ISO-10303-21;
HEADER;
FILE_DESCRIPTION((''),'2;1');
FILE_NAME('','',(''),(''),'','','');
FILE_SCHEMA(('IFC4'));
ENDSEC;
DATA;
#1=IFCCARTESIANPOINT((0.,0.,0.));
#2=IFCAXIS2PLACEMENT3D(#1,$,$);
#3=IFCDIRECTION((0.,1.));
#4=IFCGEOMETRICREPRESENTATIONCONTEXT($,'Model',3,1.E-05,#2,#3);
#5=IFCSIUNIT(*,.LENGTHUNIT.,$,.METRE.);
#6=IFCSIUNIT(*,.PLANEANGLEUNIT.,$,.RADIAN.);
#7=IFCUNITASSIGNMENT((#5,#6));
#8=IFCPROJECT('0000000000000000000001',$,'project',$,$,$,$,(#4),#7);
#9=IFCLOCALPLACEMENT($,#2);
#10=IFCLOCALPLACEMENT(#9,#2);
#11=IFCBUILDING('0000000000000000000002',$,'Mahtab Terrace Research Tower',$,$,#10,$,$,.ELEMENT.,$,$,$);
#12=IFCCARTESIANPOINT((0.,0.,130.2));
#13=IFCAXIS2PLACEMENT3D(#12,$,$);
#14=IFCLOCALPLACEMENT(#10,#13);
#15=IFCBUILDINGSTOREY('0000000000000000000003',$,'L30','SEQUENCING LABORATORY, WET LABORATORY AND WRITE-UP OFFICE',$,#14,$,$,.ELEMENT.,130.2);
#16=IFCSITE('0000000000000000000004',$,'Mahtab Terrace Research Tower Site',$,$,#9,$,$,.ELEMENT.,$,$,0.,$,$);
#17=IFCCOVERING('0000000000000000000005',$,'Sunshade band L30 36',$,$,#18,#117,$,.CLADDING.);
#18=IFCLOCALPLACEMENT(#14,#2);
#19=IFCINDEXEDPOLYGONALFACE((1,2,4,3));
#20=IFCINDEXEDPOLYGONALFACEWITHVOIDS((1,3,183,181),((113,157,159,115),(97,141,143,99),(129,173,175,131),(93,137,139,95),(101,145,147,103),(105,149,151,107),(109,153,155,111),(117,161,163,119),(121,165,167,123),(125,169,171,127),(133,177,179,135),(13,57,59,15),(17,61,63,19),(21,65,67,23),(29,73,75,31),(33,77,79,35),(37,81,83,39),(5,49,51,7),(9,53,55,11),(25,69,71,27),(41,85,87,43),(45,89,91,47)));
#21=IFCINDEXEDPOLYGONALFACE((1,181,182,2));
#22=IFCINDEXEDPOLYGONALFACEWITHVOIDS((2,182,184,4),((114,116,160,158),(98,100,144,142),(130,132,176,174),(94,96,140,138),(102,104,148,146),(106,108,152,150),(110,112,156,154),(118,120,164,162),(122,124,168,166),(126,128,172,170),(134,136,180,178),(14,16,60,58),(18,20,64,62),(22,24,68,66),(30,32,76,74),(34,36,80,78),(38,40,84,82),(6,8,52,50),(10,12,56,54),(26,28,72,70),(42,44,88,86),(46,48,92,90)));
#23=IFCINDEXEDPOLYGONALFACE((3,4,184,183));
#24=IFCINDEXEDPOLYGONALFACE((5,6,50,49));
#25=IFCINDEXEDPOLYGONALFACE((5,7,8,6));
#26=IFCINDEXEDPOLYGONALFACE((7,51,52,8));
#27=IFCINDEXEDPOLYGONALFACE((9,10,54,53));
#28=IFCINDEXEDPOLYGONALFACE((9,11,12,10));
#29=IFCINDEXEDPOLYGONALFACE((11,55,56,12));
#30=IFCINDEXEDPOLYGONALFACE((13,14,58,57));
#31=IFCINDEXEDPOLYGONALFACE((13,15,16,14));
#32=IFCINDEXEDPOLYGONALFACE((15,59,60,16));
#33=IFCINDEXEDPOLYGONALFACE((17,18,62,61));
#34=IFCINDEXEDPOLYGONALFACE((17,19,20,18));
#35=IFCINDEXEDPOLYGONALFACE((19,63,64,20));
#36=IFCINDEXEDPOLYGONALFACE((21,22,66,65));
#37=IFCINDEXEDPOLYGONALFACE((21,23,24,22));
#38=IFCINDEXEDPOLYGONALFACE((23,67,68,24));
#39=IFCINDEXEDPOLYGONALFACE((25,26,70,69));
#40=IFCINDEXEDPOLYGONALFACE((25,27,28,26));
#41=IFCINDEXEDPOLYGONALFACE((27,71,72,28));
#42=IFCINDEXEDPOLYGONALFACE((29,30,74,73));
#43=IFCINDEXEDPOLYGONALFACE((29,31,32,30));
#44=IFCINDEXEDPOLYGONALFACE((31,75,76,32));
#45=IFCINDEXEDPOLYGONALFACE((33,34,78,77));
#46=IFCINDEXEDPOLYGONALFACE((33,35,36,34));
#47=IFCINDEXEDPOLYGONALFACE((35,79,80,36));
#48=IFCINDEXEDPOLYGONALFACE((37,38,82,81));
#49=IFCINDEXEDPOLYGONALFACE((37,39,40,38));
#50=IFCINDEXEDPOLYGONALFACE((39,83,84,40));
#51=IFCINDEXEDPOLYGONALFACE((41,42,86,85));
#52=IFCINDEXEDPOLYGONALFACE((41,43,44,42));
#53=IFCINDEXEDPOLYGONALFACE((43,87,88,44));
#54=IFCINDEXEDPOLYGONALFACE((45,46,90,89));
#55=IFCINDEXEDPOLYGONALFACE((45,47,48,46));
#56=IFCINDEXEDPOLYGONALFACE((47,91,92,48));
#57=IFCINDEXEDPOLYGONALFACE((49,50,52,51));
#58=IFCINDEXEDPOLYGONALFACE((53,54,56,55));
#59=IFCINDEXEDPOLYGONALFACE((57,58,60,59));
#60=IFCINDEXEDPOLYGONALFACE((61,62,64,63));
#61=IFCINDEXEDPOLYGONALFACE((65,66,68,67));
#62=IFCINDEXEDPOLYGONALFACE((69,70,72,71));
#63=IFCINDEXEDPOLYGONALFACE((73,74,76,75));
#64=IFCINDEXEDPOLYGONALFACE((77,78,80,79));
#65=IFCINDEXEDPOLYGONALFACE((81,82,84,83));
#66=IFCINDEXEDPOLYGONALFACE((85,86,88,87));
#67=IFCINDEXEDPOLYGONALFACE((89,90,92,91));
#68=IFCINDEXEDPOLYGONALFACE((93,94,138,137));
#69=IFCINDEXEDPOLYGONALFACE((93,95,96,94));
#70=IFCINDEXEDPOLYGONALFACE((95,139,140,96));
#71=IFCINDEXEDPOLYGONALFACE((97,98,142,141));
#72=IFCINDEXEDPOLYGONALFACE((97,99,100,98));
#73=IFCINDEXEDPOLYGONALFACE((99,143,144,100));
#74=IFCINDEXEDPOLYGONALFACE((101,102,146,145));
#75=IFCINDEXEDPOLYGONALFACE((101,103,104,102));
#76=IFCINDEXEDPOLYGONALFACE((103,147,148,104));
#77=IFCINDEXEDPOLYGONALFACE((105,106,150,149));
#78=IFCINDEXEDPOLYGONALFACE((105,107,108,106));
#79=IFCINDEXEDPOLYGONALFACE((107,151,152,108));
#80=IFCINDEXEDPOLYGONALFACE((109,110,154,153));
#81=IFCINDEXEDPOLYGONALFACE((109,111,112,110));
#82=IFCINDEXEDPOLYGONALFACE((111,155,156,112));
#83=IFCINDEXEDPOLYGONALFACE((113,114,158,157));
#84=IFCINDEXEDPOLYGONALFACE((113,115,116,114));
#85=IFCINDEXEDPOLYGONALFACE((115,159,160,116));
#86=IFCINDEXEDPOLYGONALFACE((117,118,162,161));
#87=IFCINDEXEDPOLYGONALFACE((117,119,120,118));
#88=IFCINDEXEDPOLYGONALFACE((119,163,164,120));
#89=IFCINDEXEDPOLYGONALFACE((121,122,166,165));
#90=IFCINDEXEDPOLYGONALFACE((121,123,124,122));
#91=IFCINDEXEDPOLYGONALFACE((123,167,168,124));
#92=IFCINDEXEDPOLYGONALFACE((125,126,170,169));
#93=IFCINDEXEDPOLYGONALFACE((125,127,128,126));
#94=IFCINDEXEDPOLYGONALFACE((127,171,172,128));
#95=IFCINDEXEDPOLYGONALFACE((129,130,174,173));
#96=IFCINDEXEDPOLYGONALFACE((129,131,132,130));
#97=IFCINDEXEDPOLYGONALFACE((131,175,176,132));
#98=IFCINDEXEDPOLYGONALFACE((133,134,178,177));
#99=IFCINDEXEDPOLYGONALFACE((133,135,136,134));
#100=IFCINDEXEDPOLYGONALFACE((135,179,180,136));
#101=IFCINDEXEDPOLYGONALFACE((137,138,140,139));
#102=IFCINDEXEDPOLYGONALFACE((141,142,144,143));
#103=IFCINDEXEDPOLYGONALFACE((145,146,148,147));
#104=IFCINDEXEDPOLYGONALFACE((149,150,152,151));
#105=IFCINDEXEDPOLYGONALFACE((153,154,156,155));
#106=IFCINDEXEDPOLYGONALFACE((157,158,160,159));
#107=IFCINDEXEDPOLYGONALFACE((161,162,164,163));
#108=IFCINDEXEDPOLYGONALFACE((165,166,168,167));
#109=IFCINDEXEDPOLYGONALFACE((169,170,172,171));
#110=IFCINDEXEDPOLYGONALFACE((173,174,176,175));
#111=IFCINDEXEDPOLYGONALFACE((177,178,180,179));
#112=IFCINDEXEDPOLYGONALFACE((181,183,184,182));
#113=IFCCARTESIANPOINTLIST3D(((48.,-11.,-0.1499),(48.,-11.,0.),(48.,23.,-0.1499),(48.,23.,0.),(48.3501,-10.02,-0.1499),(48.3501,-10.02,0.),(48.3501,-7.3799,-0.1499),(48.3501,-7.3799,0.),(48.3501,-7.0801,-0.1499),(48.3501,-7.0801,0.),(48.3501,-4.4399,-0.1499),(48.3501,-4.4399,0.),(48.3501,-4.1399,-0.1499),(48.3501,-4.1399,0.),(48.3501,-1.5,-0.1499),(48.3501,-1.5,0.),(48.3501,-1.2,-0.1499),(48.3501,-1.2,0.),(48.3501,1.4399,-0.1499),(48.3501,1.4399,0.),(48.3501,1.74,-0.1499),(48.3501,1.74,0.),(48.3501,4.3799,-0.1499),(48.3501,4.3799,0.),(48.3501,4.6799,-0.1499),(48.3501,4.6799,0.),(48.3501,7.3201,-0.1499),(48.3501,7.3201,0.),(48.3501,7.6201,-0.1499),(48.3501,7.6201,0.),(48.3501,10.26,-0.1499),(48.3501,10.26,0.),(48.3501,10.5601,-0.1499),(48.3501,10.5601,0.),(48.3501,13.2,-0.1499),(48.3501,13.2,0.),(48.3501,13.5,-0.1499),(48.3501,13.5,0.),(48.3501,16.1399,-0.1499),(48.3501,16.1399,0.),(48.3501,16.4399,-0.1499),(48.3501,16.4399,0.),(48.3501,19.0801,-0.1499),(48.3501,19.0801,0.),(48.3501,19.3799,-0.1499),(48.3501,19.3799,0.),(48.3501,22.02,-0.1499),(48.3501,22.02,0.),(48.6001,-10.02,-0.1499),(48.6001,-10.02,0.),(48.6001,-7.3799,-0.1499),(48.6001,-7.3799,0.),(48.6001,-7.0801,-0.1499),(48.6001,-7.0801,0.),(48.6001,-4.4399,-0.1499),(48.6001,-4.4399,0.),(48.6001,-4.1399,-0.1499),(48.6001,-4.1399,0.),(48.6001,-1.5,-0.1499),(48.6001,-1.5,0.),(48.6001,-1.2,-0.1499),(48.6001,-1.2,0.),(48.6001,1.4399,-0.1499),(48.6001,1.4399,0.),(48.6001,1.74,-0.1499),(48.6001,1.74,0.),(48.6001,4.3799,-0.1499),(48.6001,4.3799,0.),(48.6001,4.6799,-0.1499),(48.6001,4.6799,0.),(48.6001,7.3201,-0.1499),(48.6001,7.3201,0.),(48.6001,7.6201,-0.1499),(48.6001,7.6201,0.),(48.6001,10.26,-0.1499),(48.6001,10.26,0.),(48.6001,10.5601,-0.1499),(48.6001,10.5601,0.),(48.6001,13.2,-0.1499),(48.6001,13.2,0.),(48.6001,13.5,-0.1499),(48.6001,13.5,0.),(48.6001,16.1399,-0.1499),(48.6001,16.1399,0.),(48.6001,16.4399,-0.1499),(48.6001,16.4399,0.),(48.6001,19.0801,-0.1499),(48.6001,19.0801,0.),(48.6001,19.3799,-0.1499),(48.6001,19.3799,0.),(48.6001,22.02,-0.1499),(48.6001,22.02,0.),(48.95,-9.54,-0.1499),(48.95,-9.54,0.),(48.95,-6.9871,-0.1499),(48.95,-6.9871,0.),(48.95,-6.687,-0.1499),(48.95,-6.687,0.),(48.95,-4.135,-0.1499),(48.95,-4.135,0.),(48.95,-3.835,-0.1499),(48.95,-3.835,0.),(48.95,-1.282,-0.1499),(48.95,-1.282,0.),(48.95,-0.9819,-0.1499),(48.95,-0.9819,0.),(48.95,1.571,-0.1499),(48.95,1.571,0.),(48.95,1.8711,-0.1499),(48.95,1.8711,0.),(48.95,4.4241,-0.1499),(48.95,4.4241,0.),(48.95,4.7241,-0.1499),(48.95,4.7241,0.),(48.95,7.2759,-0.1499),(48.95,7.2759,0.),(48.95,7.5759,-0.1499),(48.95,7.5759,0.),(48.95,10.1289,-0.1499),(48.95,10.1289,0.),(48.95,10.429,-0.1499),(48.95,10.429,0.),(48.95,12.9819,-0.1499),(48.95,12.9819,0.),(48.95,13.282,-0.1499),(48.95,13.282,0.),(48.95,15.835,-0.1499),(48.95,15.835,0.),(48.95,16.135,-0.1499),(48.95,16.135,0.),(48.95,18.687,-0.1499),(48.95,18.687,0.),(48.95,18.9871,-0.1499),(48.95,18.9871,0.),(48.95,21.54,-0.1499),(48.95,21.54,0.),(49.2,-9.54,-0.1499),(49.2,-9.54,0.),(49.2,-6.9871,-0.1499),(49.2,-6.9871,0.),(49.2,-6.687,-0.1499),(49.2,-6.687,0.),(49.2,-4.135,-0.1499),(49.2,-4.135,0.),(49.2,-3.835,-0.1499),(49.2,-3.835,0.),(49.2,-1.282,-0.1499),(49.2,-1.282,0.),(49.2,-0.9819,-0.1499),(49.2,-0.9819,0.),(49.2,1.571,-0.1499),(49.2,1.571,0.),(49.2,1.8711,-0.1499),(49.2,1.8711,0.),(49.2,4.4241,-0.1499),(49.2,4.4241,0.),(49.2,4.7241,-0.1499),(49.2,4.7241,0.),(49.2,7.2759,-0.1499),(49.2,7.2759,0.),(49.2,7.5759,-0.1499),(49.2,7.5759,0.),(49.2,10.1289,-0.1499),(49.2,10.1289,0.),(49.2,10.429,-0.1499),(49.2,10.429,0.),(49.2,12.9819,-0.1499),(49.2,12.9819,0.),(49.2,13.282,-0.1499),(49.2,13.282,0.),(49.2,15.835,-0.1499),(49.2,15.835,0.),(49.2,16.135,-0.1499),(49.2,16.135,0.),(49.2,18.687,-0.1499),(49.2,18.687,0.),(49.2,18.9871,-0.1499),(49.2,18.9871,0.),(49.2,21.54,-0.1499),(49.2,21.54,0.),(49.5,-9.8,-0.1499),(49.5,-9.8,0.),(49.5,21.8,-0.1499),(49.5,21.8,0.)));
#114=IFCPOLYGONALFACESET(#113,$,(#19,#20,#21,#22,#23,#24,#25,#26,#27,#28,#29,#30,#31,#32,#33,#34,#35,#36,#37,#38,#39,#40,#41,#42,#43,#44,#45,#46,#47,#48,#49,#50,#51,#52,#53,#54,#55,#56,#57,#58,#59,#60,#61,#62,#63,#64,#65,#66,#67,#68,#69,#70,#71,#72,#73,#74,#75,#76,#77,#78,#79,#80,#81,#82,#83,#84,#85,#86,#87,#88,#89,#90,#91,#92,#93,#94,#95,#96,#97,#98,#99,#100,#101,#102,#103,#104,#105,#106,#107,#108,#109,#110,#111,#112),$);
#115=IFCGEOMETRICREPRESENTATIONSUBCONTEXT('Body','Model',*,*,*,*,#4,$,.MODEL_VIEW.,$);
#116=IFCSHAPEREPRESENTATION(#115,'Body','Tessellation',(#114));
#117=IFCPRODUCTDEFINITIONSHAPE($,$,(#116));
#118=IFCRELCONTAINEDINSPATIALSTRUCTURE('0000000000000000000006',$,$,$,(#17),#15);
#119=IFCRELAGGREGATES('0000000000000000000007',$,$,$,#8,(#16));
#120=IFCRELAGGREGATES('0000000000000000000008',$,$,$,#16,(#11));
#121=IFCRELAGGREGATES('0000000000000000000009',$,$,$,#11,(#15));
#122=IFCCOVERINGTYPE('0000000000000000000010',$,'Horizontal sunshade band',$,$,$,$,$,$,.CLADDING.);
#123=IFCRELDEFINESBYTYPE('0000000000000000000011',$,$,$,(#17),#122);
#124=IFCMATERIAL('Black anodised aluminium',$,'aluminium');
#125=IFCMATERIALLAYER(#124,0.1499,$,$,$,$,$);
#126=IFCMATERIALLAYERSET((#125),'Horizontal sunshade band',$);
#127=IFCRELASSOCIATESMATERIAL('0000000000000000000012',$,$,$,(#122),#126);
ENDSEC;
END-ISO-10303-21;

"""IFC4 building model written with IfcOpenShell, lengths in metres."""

from ifc_helpers import new_model, si_unit, direction, frame, origin, place, context, subcontext, project, spatial, polyline, outline, extrude, material, layer, layer_set, type_object, element, save


model = new_model("IFC4")

# Units and contexts
model_context = context("Model", 3, precision=1e-05, world=origin(), true_north=direction((0.0, 1.0)))
body_context = subcontext(model_context, "Body", "Model", "MODEL_VIEW")
ifc_project = project(units=[si_unit("LENGTHUNIT", "METRE"), si_unit("PLANEANGLEUNIT", "RADIAN")], contexts=[model_context])

# Site, building, storey
site_placement = place(None, origin())
site = spatial("IfcSite", under=ifc_project, at=site_placement, Name="Mahtab Terrace Research Tower Site", CompositionType="ELEMENT", RefElevation=0.0)
building_placement = place(site_placement, origin())
building = spatial("IfcBuilding", under=site, at=building_placement, Name="Mahtab Terrace Research Tower", CompositionType="ELEMENT")
storey_placement = place(building_placement, frame((0.0, 0.0, 130.2)))
storey = spatial("IfcBuildingStorey", under=building, at=storey_placement, Name="L30", Description="SEQUENCING LABORATORY, WET LABORATORY AND WRITE-UP OFFICE", CompositionType="ELEMENT", Elevation=130.2)

# Covering
ifc_material_1 = material(Name="Black anodised aluminium", Category="aluminium")
ifc_layer_1 = layer(ifc_material_1, 0.1499)
ifc_layer_set_1 = layer_set([ifc_layer_1], Name="Horizontal sunshade band")
covering_type = type_object("IfcCoveringType", Name="Horizontal sunshade band", PredefinedType="CLADDING", material=ifc_layer_set_1)
covering_1_placement = place(storey_placement, frame((0.0, 0.0, -0.1499)))
element("IfcCovering", 1, at=covering_1_placement, inside=storey, type_object=covering_type, Name="Sunshade band L30 36", PredefinedType="CLADDING", context=body_context, shape_type="SweptSolid", body=[
    extrude(outline(polyline([(48.0, -11.0), (48.0, 23.0), (49.5, 21.8), (49.5, -9.8), (48.0, -11.0)]), holes=[polyline([(48.3501, -10.02), (48.3501, -7.3799), (48.6001, -7.3799), (48.6001, -10.02), (48.3501, -10.02)]), polyline([(48.3501, -7.0801), (48.3501, -4.4399), (48.6001, -4.4399), (48.6001, -7.0801), (48.3501, -7.0801)]), polyline([(48.3501, -4.1399), (48.3501, -1.5), (48.6001, -1.5), (48.6001, -4.1399), (48.3501, -4.1399)]), polyline([(48.3501, -1.2), (48.3501, 1.4399), (48.6001, 1.4399), (48.6001, -1.2), (48.3501, -1.2)]), polyline([(48.3501, 1.74), (48.3501, 4.3799), (48.6001, 4.3799), (48.6001, 1.74), (48.3501, 1.74)]), polyline([(48.3501, 4.6799), (48.3501, 7.3201), (48.6001, 7.3201), (48.6001, 4.6799), (48.3501, 4.6799)]), polyline([(48.3501, 7.6201), (48.3501, 10.26), (48.6001, 10.26), (48.6001, 7.6201), (48.3501, 7.6201)]), polyline([(48.3501, 10.5601), (48.3501, 13.2), (48.6001, 13.2), (48.6001, 10.5601), (48.3501, 10.5601)]), polyline([(48.3501, 13.5), (48.3501, 16.1399), (48.6001, 16.1399), (48.6001, 13.5), (48.3501, 13.5)]), polyline([(48.3501, 16.4399), (48.3501, 19.0801), (48.6001, 19.0801), (48.6001, 16.4399), (48.3501, 16.4399)]), polyline([(48.3501, 19.3799), (48.3501, 22.02), (48.6001, 22.02), (48.6001, 19.3799), (48.3501, 19.3799)]), polyline([(48.95, -9.54), (48.95, -6.9871), (49.2, -6.9871), (49.2, -9.54), (48.95, -9.54)]), polyline([(48.95, -6.687), (48.95, -4.135), (49.2, -4.135), (49.2, -6.687), (48.95, -6.687)]), polyline([(48.95, -3.835), (48.95, -1.282), (49.2, -1.282), (49.2, -3.835), (48.95, -3.835)]), polyline([(48.95, -0.9819), (48.95, 1.571), (49.2, 1.571), (49.2, -0.9819), (48.95, -0.9819)]), polyline([(48.95, 1.8711), (48.95, 4.4241), (49.2, 4.4241), (49.2, 1.8711), (48.95, 1.8711)]), polyline([(48.95, 4.7241), (48.95, 7.2759), (49.2, 7.2759), (49.2, 4.7241), (48.95, 4.7241)]), polyline([(48.95, 7.5759), (48.95, 10.1289), (49.2, 10.1289), (49.2, 7.5759), (48.95, 7.5759)]), polyline([(48.95, 10.429), (48.95, 12.9819), (49.2, 12.9819), (49.2, 10.429), (48.95, 10.429)]), polyline([(48.95, 13.282), (48.95, 15.835), (49.2, 15.835), (49.2, 13.282), (48.95, 13.282)]), polyline([(48.95, 16.135), (48.95, 18.687), (49.2, 18.687), (49.2, 16.135), (48.95, 16.135)]), polyline([(48.95, 18.9871), (48.95, 21.54), (49.2, 21.54), (49.2, 18.9871), (48.95, 18.9871)])]), origin(), (0.0, 0.0, 1.0), 0.1499),
])

save(model, "model.ifc")
